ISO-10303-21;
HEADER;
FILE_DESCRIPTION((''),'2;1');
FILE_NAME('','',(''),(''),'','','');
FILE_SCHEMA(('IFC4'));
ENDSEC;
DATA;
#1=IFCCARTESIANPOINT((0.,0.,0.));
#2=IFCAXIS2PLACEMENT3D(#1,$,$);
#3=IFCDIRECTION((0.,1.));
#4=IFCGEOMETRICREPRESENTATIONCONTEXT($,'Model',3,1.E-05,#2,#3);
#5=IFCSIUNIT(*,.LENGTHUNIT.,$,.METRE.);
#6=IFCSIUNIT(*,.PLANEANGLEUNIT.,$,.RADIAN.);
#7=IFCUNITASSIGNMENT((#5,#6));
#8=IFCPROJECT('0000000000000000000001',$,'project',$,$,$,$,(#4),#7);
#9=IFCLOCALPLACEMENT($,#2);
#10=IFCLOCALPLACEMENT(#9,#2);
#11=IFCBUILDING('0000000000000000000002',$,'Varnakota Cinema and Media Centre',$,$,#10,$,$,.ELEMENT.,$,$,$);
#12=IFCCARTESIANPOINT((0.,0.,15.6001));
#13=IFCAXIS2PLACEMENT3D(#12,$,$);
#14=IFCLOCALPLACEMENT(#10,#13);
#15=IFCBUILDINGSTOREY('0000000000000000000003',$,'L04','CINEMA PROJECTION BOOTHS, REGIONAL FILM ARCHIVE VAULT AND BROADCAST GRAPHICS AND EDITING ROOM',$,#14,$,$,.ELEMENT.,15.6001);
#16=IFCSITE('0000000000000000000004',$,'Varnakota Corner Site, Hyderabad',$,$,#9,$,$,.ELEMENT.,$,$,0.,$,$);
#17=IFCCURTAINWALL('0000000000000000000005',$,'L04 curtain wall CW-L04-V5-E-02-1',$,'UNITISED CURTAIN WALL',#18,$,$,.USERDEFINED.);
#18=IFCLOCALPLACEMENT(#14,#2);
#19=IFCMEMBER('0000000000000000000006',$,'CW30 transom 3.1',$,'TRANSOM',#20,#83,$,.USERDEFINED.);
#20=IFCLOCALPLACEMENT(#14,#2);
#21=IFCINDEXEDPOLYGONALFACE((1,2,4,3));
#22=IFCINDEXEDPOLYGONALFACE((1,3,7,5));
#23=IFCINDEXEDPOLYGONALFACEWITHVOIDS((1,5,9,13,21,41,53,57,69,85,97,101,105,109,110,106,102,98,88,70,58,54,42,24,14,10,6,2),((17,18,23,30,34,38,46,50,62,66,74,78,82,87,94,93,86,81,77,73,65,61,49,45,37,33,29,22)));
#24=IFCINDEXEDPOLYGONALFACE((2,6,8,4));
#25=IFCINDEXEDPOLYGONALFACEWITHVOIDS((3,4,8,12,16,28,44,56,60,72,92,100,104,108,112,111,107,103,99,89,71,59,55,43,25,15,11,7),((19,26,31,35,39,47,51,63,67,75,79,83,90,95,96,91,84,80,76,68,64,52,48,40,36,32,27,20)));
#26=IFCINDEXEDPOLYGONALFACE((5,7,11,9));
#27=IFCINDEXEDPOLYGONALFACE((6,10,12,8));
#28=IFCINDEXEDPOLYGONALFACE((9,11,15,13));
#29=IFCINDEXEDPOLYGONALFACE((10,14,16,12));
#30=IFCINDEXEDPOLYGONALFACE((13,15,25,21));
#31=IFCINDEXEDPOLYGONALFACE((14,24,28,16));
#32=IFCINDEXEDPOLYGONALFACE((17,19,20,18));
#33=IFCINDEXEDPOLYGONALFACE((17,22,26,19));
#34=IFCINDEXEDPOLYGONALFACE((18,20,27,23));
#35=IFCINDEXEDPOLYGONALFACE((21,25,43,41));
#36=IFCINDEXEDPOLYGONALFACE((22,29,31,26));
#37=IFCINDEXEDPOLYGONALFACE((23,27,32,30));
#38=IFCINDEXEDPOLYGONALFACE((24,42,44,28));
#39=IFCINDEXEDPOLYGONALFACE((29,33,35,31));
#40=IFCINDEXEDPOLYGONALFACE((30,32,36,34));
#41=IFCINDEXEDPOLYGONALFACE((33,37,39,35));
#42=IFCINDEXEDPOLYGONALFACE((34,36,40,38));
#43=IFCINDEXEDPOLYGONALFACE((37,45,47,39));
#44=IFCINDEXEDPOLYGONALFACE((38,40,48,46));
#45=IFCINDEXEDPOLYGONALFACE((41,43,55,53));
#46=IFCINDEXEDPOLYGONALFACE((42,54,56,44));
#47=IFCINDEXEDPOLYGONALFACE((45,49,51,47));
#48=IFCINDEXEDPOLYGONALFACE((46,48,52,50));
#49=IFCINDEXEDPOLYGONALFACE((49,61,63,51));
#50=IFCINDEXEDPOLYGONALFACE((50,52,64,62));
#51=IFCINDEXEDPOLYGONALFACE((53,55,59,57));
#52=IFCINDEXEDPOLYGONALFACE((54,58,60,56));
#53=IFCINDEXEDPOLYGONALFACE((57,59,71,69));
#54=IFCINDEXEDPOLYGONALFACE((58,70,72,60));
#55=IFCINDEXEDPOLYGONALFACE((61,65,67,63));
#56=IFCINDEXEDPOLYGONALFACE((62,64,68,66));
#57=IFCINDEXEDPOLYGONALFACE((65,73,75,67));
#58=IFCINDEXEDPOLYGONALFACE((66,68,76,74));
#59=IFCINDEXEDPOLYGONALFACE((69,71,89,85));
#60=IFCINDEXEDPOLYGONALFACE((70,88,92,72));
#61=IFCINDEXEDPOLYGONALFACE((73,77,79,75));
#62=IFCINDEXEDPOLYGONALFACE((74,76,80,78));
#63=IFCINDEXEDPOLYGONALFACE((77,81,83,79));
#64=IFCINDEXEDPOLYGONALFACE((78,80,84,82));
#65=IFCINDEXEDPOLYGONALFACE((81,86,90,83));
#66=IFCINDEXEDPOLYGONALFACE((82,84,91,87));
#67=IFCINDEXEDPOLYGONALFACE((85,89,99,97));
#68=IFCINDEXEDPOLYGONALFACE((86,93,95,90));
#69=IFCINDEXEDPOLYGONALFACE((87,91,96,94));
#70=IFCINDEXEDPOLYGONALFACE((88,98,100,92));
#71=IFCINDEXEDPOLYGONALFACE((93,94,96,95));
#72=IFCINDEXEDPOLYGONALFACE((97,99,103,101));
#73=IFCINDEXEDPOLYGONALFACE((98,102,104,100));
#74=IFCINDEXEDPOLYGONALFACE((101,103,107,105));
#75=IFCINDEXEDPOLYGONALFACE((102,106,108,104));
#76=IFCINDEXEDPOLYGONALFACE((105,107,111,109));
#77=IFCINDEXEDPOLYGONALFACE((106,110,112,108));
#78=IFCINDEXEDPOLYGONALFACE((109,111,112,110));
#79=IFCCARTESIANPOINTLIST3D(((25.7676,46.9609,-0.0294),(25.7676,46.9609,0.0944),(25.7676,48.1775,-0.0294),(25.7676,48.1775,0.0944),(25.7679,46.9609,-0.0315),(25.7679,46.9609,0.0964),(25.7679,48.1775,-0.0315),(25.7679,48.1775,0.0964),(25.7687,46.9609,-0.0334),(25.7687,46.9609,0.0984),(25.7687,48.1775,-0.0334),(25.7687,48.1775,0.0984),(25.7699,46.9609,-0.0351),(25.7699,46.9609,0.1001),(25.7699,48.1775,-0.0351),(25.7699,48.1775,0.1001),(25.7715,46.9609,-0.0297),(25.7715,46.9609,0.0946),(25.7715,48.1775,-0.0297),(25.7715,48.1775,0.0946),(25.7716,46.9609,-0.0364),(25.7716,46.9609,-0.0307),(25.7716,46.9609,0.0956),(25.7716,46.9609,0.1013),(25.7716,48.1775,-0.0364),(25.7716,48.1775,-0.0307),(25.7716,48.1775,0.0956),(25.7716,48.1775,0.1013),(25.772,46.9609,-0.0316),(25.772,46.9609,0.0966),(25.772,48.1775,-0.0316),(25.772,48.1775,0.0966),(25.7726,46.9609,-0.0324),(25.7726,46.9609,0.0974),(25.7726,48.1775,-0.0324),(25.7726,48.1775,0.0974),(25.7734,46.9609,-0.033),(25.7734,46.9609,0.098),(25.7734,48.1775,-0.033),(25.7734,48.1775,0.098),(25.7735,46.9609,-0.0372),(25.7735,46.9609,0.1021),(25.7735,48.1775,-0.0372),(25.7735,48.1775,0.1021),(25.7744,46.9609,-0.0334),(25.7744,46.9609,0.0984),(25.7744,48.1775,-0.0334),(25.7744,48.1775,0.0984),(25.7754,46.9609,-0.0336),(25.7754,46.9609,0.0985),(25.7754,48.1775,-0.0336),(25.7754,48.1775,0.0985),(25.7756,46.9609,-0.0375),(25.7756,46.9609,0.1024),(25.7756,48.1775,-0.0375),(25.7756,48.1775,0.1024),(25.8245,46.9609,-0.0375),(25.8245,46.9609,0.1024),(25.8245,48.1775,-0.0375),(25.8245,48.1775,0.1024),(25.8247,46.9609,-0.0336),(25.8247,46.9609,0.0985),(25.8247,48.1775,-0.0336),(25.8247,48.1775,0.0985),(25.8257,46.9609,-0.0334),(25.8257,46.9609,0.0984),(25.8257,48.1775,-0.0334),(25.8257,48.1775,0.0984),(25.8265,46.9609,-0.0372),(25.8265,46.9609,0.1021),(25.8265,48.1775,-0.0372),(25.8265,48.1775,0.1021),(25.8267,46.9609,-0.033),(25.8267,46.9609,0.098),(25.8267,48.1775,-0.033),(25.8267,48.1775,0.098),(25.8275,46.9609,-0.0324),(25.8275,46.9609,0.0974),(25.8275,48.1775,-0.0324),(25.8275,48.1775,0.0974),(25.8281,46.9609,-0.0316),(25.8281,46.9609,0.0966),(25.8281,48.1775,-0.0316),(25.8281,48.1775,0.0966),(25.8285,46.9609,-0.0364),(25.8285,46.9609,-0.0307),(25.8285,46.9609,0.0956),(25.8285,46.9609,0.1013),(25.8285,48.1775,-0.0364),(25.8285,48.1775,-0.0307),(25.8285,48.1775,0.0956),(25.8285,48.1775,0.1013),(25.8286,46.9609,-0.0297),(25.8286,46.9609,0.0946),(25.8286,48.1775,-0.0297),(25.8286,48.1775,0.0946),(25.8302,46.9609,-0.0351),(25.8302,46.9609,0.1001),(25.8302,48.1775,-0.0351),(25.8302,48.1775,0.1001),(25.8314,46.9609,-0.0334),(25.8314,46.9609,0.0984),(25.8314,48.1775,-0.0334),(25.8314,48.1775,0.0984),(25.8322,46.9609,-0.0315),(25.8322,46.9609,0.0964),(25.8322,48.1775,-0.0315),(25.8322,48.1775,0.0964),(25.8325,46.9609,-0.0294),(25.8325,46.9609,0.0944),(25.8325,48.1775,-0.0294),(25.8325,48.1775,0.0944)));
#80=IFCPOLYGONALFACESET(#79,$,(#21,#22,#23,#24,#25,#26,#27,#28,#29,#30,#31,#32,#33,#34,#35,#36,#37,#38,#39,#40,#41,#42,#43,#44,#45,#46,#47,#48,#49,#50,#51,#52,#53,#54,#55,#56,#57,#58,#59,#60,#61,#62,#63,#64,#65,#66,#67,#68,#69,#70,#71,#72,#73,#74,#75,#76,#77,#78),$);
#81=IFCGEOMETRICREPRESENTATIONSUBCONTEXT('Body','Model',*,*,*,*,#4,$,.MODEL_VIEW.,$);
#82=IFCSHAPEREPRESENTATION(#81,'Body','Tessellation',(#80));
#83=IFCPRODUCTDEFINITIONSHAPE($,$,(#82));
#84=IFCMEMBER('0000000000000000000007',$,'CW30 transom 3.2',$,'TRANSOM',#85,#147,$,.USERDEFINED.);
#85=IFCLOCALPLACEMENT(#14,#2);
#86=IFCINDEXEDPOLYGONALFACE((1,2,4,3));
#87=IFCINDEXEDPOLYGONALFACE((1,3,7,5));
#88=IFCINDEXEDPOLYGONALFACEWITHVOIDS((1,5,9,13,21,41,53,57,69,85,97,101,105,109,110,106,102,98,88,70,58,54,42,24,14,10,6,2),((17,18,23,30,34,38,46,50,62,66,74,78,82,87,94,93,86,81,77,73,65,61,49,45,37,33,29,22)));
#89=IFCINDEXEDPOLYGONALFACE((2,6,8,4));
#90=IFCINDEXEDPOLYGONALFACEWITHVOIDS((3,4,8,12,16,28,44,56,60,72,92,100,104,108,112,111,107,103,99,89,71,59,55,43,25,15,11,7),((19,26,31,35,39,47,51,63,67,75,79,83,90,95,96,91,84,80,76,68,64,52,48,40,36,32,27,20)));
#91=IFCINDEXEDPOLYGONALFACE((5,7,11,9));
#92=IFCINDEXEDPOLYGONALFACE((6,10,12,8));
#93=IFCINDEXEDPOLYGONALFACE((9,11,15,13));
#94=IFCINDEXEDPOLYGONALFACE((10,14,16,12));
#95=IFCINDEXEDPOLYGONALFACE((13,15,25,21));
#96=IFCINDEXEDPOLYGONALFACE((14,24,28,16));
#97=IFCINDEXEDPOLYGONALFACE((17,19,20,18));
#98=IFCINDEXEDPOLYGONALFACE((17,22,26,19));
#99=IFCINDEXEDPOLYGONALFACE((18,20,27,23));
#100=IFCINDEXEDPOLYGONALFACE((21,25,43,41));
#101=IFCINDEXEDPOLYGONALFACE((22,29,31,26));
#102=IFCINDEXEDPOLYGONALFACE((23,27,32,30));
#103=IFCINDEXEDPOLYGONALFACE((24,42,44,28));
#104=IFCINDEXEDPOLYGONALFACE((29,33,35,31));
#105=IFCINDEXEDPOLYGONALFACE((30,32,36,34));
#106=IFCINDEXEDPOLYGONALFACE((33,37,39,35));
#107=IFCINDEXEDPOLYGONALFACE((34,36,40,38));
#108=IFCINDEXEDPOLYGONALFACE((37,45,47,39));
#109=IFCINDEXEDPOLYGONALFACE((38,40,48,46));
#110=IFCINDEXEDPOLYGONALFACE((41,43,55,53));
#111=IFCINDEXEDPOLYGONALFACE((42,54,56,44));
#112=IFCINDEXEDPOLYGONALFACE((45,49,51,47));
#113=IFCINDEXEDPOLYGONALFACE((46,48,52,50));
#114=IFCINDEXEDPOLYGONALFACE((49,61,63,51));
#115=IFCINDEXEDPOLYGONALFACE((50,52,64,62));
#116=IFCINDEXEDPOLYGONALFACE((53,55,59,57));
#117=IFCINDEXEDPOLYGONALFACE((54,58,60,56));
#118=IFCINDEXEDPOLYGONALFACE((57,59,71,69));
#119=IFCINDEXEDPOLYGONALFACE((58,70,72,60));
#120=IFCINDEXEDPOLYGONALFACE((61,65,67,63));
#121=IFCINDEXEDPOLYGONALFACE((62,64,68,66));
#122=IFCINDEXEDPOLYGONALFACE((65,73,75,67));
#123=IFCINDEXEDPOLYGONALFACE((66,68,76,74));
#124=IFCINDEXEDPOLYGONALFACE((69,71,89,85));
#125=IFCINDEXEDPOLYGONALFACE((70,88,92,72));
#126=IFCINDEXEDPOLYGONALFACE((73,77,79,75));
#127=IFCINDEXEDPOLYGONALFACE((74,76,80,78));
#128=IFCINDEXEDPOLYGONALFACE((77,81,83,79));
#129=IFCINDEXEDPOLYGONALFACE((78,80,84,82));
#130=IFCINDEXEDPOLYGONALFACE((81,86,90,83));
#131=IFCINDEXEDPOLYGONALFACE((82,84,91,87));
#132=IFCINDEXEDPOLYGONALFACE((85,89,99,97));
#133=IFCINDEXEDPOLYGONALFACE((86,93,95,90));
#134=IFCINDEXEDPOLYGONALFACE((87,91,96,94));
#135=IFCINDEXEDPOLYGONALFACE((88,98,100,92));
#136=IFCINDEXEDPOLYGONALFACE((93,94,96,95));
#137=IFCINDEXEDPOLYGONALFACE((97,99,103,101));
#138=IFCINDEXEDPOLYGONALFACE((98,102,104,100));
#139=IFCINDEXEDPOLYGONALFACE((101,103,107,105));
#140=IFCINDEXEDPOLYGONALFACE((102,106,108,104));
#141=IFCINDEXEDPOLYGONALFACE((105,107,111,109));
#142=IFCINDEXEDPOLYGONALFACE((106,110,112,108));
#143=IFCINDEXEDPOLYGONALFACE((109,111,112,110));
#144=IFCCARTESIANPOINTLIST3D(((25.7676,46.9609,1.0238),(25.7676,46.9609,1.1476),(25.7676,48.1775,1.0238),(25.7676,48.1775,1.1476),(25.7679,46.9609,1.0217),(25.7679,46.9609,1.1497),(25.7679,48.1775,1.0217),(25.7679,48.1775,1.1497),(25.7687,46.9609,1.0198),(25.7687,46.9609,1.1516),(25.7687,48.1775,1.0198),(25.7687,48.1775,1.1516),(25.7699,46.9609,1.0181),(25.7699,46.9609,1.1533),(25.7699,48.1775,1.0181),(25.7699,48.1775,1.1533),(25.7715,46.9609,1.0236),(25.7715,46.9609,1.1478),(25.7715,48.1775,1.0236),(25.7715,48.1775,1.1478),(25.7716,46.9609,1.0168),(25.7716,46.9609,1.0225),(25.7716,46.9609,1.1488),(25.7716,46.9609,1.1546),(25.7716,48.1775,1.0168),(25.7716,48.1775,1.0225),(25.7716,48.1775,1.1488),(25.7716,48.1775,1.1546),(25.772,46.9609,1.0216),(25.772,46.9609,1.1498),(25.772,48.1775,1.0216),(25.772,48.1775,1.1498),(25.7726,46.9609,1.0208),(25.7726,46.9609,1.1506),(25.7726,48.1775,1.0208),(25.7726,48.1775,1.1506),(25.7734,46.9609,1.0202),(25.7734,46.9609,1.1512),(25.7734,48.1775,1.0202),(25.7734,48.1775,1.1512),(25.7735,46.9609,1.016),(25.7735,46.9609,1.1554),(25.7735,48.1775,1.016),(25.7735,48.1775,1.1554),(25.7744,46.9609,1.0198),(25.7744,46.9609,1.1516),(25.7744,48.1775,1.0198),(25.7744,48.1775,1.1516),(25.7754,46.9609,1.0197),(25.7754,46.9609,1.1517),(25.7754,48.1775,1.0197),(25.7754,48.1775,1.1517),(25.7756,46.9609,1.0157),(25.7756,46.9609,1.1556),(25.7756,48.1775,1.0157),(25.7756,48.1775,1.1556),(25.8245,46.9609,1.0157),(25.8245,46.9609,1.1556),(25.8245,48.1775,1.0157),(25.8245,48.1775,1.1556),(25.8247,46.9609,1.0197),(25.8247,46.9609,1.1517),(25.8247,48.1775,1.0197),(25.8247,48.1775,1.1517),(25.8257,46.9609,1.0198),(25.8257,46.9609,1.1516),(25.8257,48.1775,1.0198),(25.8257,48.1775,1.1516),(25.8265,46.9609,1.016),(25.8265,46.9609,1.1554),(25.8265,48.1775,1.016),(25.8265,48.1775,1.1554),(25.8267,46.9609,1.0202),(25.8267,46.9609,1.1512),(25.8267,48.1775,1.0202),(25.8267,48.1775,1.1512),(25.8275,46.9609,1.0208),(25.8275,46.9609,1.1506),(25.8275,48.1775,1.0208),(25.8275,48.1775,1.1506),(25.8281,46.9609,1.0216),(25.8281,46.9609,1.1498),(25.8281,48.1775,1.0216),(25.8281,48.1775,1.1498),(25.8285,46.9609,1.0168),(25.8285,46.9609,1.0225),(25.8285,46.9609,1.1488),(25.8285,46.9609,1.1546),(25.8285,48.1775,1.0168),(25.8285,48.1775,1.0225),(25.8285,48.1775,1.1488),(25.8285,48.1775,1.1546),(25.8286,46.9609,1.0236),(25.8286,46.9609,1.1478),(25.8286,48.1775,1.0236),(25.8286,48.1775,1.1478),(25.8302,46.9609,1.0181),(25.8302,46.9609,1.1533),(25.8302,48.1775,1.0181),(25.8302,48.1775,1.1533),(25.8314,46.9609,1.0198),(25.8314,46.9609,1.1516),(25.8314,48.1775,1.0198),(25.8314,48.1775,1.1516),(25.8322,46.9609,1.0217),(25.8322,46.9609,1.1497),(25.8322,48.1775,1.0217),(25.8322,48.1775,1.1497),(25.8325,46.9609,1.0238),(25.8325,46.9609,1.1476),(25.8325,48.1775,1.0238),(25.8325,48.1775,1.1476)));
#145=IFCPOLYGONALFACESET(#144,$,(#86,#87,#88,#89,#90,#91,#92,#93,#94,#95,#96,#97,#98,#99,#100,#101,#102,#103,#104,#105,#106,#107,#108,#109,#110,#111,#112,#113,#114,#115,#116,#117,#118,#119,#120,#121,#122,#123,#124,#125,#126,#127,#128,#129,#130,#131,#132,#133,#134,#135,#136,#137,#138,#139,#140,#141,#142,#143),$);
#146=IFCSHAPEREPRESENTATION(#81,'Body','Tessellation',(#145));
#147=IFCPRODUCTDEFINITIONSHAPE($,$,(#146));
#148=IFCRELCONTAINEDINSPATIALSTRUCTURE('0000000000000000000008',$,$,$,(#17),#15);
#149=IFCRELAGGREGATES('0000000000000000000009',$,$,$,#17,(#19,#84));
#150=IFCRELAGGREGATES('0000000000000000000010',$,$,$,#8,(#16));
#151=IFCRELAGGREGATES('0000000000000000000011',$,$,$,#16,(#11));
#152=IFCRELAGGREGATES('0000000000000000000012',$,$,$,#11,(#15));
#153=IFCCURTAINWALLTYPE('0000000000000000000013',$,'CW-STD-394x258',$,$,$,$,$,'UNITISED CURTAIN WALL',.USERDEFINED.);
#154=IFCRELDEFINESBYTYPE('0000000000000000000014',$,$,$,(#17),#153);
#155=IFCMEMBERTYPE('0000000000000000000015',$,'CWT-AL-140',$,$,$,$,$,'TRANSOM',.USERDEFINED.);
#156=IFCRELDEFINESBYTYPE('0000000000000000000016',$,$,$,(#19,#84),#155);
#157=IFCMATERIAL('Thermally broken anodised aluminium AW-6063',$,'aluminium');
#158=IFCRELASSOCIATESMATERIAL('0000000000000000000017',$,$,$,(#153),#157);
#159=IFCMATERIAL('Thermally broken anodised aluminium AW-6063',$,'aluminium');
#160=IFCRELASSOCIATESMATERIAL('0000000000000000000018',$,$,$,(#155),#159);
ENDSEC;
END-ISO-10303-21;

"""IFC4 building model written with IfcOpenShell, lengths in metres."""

from ifc_helpers import new_model, si_unit, direction, frame, origin, origin_2d, place, context, subcontext, project, spatial, hollow_rectangle, extrude, material, material_profile, profile_set, type_object, element, aggregate, save


model = new_model("IFC4")

# Units and contexts
model_context = context("Model", 3, precision=1e-05, world=origin(), true_north=direction((0.0, 1.0)))
body_context = subcontext(model_context, "Body", "Model", "MODEL_VIEW")
ifc_project = project(units=[si_unit("LENGTHUNIT", "METRE"), si_unit("PLANEANGLEUNIT", "RADIAN")], contexts=[model_context])

# Site, building, storey
site_placement = place(None, origin())
site = spatial("IfcSite", under=ifc_project, at=site_placement, Name="Varnakota Corner Site, Hyderabad", CompositionType="ELEMENT", RefElevation=0.0)
building_placement = place(site_placement, origin())
building = spatial("IfcBuilding", under=site, at=building_placement, Name="Varnakota Cinema and Media Centre", CompositionType="ELEMENT")
storey_placement = place(building_placement, frame((0.0, 0.0, 15.6001)))
storey = spatial("IfcBuildingStorey", under=building, at=storey_placement, Name="L04", Description="CINEMA PROJECTION BOOTHS, REGIONAL FILM ARCHIVE VAULT AND BROADCAST GRAPHICS AND EDITING ROOM", CompositionType="ELEMENT", Elevation=15.6001)

# Curtain wall
ifc_material_1 = material(Name="Thermally broken anodised aluminium AW-6063", Category="aluminium")
curtain_wall_type = type_object("IfcCurtainWallType", Name="CW-STD-394x258", ElementType="UNITISED CURTAIN WALL", PredefinedType="USERDEFINED", material=ifc_material_1)
curtain_wall_1_placement = place(storey_placement, origin())
curtain_wall_1 = element("IfcCurtainWall", 1, at=curtain_wall_1_placement, inside=storey, type_object=curtain_wall_type, Name="L04 curtain wall CW-L04-V5-E-02-1", ObjectType="UNITISED CURTAIN WALL", PredefinedType="USERDEFINED")

# Members
ifc_material_2 = material(Name="Thermally broken anodised aluminium AW-6063", Category="aluminium")
ifc_material_profile_1 = material_profile(ifc_material_2, hollow_rectangle(XDim=0.0649, YDim=0.1399, WallThickness=0.0039, InnerFilletRadius=0.0039, OuterFilletRadius=0.0081, at=origin_2d()), Name="AL-TRANSOM 140x65x4")
ifc_profile_set_1 = profile_set([ifc_material_profile_1], Name="Thermally broken anodised aluminium AW-6063")
member_type_1 = type_object("IfcMemberType", Name="CWT-AL-140", ElementType="TRANSOM", PredefinedType="USERDEFINED", material=ifc_profile_set_1)
member_1_placement = place(storey_placement, frame((25.8, 46.9609, 0.0325), z_axis=(0.0, 1.0, 0.0), x_axis=(-1.0, 0.0, 0.0)))
member_1 = element("IfcMember", 2, at=member_1_placement, type_object=member_type_1, Name="CW30 transom 3.1", ObjectType="TRANSOM", PredefinedType="USERDEFINED", context=body_context, shape_type="SweptSolid", body=[
    extrude(hollow_rectangle(XDim=0.0649, YDim=0.1399, WallThickness=0.0039, InnerFilletRadius=0.0039, OuterFilletRadius=0.0081, at=origin_2d()), origin(), (0.0, 0.0, 1.0), 1.2166),
])
member_2_placement = place(storey_placement, frame((25.8, 46.9609, 1.0857), z_axis=(0.0, 1.0, 0.0), x_axis=(-1.0, 0.0, 0.0)))
member_2 = element("IfcMember", 3, at=member_2_placement, type_object=member_type_1, Name="CW30 transom 3.2", ObjectType="TRANSOM", PredefinedType="USERDEFINED", context=body_context, shape_type="SweptSolid", body=[
    extrude(hollow_rectangle(XDim=0.0649, YDim=0.1399, WallThickness=0.0039, InnerFilletRadius=0.0039, OuterFilletRadius=0.0081, at=origin_2d()), origin(), (0.0, 0.0, 1.0), 1.2166),
])

aggregate(curtain_wall_1, [member_1, member_2])

save(model, "model.ifc")
